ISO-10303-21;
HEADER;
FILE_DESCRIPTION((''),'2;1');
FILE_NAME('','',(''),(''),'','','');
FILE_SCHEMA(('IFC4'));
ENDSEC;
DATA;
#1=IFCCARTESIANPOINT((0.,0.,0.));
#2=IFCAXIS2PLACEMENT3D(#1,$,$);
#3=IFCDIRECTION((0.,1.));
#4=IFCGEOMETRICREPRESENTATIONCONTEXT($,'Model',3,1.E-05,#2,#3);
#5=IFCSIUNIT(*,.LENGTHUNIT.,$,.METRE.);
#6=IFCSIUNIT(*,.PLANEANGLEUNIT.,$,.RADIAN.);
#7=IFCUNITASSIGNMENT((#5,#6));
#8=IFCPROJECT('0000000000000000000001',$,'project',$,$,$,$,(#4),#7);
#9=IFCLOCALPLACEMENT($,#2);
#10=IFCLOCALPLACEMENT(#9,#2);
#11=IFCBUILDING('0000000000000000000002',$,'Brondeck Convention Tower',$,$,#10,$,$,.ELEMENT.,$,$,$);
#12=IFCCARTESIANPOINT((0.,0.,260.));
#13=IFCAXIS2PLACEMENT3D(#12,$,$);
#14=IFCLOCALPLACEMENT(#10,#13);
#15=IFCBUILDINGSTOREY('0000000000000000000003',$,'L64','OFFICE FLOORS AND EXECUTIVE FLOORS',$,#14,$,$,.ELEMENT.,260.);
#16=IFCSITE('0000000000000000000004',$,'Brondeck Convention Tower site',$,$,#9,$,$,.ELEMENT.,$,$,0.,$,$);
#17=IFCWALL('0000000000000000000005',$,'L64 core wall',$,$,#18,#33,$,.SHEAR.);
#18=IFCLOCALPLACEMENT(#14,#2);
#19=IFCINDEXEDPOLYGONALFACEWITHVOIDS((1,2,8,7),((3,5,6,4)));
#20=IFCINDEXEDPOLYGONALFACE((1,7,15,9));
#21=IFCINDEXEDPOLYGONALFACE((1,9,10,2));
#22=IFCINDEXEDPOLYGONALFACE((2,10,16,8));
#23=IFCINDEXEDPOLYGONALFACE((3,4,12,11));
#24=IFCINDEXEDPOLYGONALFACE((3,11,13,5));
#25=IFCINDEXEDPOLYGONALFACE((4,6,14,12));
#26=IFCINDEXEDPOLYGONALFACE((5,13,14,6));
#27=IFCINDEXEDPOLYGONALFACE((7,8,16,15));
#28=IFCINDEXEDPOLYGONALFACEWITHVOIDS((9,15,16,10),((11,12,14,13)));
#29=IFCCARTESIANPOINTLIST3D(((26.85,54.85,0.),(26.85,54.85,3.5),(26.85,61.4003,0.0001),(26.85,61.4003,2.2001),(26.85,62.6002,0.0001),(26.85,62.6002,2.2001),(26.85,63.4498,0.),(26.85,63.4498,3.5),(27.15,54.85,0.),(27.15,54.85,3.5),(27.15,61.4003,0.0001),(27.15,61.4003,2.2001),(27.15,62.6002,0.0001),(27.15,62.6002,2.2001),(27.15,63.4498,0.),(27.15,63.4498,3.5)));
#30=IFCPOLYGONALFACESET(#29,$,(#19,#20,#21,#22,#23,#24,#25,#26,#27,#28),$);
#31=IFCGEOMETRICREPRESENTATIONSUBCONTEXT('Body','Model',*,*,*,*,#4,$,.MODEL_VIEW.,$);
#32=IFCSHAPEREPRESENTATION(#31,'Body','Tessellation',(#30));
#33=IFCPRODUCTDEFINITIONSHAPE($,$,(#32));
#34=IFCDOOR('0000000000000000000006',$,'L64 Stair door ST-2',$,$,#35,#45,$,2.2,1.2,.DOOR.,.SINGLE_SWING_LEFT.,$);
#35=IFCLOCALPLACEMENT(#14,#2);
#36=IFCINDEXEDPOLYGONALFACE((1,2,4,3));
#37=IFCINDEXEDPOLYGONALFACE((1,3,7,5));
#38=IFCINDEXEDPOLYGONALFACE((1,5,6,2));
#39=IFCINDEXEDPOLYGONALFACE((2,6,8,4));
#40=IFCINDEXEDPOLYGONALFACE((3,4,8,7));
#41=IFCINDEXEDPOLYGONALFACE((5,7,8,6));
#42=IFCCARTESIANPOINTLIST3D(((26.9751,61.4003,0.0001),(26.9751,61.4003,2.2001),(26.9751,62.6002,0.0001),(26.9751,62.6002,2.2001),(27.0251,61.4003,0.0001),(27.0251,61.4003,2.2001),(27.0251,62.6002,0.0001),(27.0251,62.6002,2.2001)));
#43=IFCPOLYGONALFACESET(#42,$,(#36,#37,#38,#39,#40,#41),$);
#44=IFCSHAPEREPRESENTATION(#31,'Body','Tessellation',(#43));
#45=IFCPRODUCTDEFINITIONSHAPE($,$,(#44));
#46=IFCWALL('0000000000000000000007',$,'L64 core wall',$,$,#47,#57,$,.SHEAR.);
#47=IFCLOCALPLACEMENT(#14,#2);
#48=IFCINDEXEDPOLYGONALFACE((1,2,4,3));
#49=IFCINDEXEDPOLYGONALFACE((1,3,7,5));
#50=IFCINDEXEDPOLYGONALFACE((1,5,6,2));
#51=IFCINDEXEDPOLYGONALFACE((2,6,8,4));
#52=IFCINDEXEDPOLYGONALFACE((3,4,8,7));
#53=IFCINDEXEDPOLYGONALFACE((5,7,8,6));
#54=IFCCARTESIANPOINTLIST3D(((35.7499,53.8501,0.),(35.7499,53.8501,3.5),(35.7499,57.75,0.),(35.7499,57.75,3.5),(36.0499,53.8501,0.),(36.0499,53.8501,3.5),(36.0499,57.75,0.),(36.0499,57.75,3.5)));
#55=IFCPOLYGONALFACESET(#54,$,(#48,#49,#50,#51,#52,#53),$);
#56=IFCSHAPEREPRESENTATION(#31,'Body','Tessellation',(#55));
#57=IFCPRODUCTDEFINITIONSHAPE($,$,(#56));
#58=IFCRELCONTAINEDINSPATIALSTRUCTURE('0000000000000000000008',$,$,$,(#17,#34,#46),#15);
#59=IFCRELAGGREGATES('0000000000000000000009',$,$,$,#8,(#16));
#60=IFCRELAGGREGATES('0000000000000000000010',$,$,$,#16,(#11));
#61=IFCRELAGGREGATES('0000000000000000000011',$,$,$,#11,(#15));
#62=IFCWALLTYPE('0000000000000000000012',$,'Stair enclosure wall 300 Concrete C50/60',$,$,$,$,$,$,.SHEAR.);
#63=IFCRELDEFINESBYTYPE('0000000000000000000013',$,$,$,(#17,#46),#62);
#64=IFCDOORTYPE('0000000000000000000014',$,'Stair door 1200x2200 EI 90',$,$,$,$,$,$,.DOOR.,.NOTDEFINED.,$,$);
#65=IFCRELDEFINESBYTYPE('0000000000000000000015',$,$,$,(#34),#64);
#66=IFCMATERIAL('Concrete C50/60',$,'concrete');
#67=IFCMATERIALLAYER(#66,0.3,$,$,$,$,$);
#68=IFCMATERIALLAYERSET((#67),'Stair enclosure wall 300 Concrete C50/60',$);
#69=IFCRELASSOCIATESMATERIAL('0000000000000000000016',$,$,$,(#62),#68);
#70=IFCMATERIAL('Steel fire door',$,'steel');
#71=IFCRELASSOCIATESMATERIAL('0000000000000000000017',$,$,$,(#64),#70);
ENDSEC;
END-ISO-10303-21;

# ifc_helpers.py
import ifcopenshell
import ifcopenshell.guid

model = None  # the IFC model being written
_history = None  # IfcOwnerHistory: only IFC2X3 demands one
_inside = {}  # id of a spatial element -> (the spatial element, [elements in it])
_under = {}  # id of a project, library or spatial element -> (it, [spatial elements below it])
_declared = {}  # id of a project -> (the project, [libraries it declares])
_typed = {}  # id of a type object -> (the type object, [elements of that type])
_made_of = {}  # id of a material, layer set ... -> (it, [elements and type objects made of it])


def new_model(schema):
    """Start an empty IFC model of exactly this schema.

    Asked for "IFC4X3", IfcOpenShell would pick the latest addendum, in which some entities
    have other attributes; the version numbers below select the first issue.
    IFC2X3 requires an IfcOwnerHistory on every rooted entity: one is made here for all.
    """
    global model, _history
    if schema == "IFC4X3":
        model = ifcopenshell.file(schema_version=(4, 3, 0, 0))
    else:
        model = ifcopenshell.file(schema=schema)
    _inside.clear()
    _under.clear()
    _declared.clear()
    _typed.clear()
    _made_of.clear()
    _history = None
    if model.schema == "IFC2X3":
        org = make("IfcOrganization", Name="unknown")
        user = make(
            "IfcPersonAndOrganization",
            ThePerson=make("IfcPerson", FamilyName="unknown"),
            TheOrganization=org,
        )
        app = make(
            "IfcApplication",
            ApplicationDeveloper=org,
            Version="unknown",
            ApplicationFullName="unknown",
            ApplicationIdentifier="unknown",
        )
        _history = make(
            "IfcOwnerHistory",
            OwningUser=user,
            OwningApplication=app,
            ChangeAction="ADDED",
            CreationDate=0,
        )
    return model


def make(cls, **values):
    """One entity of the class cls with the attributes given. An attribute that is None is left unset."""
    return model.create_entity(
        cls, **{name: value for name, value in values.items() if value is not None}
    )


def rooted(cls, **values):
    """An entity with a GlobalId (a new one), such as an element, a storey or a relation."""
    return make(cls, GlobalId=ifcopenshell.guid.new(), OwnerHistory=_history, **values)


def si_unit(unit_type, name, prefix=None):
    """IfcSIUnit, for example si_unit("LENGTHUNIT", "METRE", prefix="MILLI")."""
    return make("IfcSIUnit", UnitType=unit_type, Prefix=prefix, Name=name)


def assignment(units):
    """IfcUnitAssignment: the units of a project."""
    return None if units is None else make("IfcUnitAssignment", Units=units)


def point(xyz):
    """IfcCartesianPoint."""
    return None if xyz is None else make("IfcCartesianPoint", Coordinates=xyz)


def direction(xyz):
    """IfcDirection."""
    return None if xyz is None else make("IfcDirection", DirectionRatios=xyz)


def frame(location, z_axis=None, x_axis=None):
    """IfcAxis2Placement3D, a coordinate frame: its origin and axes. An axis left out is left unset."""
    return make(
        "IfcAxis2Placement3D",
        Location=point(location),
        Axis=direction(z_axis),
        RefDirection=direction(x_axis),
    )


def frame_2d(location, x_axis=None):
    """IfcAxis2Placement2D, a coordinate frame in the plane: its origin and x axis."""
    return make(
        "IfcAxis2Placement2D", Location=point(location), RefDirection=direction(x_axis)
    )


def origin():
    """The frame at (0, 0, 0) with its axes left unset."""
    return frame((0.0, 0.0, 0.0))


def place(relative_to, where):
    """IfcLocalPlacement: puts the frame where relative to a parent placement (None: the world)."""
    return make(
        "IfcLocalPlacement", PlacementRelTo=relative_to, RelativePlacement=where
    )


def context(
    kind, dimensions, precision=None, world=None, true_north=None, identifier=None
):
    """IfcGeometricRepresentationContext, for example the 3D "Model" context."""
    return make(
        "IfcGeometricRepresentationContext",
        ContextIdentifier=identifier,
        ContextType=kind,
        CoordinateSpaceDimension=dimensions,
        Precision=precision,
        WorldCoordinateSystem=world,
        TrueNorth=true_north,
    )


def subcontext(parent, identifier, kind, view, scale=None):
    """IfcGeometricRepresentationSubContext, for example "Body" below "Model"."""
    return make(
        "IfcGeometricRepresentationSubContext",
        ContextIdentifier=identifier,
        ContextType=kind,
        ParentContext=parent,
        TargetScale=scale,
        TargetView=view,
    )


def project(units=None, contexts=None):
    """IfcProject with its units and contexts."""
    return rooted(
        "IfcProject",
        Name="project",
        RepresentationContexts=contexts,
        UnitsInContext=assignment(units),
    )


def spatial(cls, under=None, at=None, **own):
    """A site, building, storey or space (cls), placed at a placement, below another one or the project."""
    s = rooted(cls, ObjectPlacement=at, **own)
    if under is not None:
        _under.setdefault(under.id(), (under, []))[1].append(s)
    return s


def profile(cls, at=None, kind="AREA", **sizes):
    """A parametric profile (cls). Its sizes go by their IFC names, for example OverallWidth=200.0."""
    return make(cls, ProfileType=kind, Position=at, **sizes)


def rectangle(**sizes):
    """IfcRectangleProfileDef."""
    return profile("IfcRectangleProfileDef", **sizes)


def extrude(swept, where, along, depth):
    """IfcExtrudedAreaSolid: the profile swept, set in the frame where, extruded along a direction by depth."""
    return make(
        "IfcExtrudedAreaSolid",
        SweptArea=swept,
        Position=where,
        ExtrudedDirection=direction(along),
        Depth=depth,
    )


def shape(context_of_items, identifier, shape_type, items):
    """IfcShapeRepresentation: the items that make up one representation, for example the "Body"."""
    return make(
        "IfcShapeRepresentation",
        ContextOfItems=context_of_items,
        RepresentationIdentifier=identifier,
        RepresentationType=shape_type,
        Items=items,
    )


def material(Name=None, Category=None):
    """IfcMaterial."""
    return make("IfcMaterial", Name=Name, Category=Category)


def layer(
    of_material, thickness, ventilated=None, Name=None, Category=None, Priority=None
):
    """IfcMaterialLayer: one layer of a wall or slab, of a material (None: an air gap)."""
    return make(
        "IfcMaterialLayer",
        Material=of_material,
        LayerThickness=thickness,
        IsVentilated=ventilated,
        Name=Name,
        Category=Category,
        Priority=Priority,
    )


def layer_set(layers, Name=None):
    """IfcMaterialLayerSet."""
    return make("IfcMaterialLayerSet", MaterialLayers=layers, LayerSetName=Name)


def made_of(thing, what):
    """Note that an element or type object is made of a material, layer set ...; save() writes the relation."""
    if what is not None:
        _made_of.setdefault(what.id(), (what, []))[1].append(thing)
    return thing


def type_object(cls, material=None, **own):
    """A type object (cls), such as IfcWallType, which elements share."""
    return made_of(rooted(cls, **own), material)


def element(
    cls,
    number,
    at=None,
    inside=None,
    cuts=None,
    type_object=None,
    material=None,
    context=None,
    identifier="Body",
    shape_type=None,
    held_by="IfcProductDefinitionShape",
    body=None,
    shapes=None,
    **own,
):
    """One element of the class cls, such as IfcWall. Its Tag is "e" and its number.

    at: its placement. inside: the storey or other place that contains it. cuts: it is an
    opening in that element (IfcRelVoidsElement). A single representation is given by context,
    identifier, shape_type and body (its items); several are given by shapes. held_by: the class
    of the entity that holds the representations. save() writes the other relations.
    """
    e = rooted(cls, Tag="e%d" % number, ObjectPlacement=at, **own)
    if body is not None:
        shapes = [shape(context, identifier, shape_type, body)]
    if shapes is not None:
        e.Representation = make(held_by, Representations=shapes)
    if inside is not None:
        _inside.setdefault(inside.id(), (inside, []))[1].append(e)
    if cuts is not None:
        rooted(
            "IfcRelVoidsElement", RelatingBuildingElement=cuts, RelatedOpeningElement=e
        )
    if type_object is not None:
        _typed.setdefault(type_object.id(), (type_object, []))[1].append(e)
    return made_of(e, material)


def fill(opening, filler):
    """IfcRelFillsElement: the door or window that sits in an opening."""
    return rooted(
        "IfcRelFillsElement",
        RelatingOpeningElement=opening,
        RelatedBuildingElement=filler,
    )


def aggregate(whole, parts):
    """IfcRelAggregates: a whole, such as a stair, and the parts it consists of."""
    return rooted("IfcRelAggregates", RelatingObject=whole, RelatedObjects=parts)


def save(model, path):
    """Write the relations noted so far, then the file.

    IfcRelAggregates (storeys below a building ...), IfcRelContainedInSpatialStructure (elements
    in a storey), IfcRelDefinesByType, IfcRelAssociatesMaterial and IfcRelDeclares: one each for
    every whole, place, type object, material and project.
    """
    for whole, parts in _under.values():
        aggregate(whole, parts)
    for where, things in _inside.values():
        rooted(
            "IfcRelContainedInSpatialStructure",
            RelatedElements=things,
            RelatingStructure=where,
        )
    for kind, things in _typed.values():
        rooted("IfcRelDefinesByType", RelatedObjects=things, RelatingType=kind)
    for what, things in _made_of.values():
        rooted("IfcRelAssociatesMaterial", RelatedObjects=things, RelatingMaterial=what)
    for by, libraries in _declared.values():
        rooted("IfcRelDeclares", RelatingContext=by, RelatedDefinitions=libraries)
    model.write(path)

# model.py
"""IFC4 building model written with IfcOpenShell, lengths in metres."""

from ifc_helpers import new_model, si_unit, direction, frame, frame_2d, origin, place, context, subcontext, project, spatial, rectangle, extrude, material, layer, layer_set, type_object, element, fill, save


model = new_model("IFC4")

# Units and contexts
model_context = context("Model", 3, precision=1e-05, world=origin(), true_north=direction((0.0, 1.0)))
body_context = subcontext(model_context, "Body", "Model", "MODEL_VIEW")
ifc_project = project(units=[si_unit("LENGTHUNIT", "METRE"), si_unit("PLANEANGLEUNIT", "RADIAN")], contexts=[model_context])

# Site, building, storey
site_placement = place(None, origin())
site = spatial("IfcSite", under=ifc_project, at=site_placement, Name="Brondeck Convention Tower site", CompositionType="ELEMENT", RefElevation=0.0)
building_placement = place(site_placement, origin())
building = spatial("IfcBuilding", under=site, at=building_placement, Name="Brondeck Convention Tower", CompositionType="ELEMENT")
storey_placement = place(building_placement, frame((0.0, 0.0, 260.0)))
storey = spatial("IfcBuildingStorey", under=building, at=storey_placement, Name="L64", Description="OFFICE FLOORS AND EXECUTIVE FLOORS", CompositionType="ELEMENT", Elevation=260.0)

# Shared definitions
ifc_material_1 = material(Name="Concrete C50/60", Category="concrete")

# Wall, opening, door
ifc_layer_1 = layer(ifc_material_1, 0.3)
ifc_layer_set_1 = layer_set([ifc_layer_1], Name="Stair enclosure wall 300 Concrete C50/60")
wall_type_1 = type_object("IfcWallType", Name="Stair enclosure wall 300 Concrete C50/60", PredefinedType="SHEAR", material=ifc_layer_set_1)
ifc_material_2 = material(Name="Steel fire door", Category="steel")
door_type_1 = type_object("IfcDoorType", Name="Stair door 1200x2200 EI 90", OperationType="NOTDEFINED", PredefinedType="DOOR", material=ifc_material_2)
wall_1_placement = place(storey_placement, frame((27.0, 54.8501, 0.0), z_axis=(0.0, 0.0, 1.0), x_axis=(0.0, 1.0, 0.0)))
wall_1 = element("IfcWall", 1, at=wall_1_placement, inside=storey, type_object=wall_type_1, Name="L64 core wall", PredefinedType="SHEAR", context=body_context, shape_type="SweptSolid", body=[
    extrude(rectangle(XDim=8.5999, YDim=0.3, at=frame_2d((4.2998, 0.0))), origin(), (0.0, 0.0, 1.0), 3.5),
])
opening_1_placement = place(wall_1_placement, frame((6.55, 0.0, 0.0)))
opening_1 = element("IfcOpeningElement", 2, at=opening_1_placement, cuts=wall_1, PredefinedType="OPENING", context=body_context, shape_type="SweptSolid", body=[
    extrude(rectangle(XDim=1.2, YDim=2.2, at=frame_2d((0.6001, 1.1001))), frame((0.0, 0.1599, 0.0), z_axis=(0.0, -1.0, 0.0), x_axis=(1.0, 0.0, 0.0)), (0.0, 0.0, 1.0), 0.3201),
])
door_1_placement = place(opening_1_placement, origin())
door_1 = element("IfcDoor", 3, at=door_1_placement, inside=storey, type_object=door_type_1, Name="L64 Stair door ST-2", OperationType="SINGLE_SWING_LEFT", OverallHeight=2.2, OverallWidth=1.2, PredefinedType="DOOR", context=body_context, shape_type="SweptSolid", body=[
    extrude(rectangle(XDim=1.2, YDim=2.2, at=frame_2d((0.6001, 1.1001))), frame((0.0, 0.0249, 0.0), z_axis=(0.0, -1.0, 0.0), x_axis=(1.0, 0.0, 0.0)), (0.0, 0.0, 1.0), 0.05),
])
fill(opening_1, door_1)

# Wall
wall_2_placement = place(storey_placement, frame((35.8999, 53.8501, 0.0), z_axis=(0.0, 0.0, 1.0), x_axis=(0.0, 1.0, 0.0)))
element("IfcWall", 4, at=wall_2_placement, inside=storey, type_object=wall_type_1, Name="L64 core wall", PredefinedType="SHEAR", context=body_context, shape_type="SweptSolid", body=[
    extrude(rectangle(XDim=3.8999, YDim=0.3, at=frame_2d((1.95, 0.0))), origin(), (0.0, 0.0, 1.0), 3.5),
])

save(model, "model.ifc")
